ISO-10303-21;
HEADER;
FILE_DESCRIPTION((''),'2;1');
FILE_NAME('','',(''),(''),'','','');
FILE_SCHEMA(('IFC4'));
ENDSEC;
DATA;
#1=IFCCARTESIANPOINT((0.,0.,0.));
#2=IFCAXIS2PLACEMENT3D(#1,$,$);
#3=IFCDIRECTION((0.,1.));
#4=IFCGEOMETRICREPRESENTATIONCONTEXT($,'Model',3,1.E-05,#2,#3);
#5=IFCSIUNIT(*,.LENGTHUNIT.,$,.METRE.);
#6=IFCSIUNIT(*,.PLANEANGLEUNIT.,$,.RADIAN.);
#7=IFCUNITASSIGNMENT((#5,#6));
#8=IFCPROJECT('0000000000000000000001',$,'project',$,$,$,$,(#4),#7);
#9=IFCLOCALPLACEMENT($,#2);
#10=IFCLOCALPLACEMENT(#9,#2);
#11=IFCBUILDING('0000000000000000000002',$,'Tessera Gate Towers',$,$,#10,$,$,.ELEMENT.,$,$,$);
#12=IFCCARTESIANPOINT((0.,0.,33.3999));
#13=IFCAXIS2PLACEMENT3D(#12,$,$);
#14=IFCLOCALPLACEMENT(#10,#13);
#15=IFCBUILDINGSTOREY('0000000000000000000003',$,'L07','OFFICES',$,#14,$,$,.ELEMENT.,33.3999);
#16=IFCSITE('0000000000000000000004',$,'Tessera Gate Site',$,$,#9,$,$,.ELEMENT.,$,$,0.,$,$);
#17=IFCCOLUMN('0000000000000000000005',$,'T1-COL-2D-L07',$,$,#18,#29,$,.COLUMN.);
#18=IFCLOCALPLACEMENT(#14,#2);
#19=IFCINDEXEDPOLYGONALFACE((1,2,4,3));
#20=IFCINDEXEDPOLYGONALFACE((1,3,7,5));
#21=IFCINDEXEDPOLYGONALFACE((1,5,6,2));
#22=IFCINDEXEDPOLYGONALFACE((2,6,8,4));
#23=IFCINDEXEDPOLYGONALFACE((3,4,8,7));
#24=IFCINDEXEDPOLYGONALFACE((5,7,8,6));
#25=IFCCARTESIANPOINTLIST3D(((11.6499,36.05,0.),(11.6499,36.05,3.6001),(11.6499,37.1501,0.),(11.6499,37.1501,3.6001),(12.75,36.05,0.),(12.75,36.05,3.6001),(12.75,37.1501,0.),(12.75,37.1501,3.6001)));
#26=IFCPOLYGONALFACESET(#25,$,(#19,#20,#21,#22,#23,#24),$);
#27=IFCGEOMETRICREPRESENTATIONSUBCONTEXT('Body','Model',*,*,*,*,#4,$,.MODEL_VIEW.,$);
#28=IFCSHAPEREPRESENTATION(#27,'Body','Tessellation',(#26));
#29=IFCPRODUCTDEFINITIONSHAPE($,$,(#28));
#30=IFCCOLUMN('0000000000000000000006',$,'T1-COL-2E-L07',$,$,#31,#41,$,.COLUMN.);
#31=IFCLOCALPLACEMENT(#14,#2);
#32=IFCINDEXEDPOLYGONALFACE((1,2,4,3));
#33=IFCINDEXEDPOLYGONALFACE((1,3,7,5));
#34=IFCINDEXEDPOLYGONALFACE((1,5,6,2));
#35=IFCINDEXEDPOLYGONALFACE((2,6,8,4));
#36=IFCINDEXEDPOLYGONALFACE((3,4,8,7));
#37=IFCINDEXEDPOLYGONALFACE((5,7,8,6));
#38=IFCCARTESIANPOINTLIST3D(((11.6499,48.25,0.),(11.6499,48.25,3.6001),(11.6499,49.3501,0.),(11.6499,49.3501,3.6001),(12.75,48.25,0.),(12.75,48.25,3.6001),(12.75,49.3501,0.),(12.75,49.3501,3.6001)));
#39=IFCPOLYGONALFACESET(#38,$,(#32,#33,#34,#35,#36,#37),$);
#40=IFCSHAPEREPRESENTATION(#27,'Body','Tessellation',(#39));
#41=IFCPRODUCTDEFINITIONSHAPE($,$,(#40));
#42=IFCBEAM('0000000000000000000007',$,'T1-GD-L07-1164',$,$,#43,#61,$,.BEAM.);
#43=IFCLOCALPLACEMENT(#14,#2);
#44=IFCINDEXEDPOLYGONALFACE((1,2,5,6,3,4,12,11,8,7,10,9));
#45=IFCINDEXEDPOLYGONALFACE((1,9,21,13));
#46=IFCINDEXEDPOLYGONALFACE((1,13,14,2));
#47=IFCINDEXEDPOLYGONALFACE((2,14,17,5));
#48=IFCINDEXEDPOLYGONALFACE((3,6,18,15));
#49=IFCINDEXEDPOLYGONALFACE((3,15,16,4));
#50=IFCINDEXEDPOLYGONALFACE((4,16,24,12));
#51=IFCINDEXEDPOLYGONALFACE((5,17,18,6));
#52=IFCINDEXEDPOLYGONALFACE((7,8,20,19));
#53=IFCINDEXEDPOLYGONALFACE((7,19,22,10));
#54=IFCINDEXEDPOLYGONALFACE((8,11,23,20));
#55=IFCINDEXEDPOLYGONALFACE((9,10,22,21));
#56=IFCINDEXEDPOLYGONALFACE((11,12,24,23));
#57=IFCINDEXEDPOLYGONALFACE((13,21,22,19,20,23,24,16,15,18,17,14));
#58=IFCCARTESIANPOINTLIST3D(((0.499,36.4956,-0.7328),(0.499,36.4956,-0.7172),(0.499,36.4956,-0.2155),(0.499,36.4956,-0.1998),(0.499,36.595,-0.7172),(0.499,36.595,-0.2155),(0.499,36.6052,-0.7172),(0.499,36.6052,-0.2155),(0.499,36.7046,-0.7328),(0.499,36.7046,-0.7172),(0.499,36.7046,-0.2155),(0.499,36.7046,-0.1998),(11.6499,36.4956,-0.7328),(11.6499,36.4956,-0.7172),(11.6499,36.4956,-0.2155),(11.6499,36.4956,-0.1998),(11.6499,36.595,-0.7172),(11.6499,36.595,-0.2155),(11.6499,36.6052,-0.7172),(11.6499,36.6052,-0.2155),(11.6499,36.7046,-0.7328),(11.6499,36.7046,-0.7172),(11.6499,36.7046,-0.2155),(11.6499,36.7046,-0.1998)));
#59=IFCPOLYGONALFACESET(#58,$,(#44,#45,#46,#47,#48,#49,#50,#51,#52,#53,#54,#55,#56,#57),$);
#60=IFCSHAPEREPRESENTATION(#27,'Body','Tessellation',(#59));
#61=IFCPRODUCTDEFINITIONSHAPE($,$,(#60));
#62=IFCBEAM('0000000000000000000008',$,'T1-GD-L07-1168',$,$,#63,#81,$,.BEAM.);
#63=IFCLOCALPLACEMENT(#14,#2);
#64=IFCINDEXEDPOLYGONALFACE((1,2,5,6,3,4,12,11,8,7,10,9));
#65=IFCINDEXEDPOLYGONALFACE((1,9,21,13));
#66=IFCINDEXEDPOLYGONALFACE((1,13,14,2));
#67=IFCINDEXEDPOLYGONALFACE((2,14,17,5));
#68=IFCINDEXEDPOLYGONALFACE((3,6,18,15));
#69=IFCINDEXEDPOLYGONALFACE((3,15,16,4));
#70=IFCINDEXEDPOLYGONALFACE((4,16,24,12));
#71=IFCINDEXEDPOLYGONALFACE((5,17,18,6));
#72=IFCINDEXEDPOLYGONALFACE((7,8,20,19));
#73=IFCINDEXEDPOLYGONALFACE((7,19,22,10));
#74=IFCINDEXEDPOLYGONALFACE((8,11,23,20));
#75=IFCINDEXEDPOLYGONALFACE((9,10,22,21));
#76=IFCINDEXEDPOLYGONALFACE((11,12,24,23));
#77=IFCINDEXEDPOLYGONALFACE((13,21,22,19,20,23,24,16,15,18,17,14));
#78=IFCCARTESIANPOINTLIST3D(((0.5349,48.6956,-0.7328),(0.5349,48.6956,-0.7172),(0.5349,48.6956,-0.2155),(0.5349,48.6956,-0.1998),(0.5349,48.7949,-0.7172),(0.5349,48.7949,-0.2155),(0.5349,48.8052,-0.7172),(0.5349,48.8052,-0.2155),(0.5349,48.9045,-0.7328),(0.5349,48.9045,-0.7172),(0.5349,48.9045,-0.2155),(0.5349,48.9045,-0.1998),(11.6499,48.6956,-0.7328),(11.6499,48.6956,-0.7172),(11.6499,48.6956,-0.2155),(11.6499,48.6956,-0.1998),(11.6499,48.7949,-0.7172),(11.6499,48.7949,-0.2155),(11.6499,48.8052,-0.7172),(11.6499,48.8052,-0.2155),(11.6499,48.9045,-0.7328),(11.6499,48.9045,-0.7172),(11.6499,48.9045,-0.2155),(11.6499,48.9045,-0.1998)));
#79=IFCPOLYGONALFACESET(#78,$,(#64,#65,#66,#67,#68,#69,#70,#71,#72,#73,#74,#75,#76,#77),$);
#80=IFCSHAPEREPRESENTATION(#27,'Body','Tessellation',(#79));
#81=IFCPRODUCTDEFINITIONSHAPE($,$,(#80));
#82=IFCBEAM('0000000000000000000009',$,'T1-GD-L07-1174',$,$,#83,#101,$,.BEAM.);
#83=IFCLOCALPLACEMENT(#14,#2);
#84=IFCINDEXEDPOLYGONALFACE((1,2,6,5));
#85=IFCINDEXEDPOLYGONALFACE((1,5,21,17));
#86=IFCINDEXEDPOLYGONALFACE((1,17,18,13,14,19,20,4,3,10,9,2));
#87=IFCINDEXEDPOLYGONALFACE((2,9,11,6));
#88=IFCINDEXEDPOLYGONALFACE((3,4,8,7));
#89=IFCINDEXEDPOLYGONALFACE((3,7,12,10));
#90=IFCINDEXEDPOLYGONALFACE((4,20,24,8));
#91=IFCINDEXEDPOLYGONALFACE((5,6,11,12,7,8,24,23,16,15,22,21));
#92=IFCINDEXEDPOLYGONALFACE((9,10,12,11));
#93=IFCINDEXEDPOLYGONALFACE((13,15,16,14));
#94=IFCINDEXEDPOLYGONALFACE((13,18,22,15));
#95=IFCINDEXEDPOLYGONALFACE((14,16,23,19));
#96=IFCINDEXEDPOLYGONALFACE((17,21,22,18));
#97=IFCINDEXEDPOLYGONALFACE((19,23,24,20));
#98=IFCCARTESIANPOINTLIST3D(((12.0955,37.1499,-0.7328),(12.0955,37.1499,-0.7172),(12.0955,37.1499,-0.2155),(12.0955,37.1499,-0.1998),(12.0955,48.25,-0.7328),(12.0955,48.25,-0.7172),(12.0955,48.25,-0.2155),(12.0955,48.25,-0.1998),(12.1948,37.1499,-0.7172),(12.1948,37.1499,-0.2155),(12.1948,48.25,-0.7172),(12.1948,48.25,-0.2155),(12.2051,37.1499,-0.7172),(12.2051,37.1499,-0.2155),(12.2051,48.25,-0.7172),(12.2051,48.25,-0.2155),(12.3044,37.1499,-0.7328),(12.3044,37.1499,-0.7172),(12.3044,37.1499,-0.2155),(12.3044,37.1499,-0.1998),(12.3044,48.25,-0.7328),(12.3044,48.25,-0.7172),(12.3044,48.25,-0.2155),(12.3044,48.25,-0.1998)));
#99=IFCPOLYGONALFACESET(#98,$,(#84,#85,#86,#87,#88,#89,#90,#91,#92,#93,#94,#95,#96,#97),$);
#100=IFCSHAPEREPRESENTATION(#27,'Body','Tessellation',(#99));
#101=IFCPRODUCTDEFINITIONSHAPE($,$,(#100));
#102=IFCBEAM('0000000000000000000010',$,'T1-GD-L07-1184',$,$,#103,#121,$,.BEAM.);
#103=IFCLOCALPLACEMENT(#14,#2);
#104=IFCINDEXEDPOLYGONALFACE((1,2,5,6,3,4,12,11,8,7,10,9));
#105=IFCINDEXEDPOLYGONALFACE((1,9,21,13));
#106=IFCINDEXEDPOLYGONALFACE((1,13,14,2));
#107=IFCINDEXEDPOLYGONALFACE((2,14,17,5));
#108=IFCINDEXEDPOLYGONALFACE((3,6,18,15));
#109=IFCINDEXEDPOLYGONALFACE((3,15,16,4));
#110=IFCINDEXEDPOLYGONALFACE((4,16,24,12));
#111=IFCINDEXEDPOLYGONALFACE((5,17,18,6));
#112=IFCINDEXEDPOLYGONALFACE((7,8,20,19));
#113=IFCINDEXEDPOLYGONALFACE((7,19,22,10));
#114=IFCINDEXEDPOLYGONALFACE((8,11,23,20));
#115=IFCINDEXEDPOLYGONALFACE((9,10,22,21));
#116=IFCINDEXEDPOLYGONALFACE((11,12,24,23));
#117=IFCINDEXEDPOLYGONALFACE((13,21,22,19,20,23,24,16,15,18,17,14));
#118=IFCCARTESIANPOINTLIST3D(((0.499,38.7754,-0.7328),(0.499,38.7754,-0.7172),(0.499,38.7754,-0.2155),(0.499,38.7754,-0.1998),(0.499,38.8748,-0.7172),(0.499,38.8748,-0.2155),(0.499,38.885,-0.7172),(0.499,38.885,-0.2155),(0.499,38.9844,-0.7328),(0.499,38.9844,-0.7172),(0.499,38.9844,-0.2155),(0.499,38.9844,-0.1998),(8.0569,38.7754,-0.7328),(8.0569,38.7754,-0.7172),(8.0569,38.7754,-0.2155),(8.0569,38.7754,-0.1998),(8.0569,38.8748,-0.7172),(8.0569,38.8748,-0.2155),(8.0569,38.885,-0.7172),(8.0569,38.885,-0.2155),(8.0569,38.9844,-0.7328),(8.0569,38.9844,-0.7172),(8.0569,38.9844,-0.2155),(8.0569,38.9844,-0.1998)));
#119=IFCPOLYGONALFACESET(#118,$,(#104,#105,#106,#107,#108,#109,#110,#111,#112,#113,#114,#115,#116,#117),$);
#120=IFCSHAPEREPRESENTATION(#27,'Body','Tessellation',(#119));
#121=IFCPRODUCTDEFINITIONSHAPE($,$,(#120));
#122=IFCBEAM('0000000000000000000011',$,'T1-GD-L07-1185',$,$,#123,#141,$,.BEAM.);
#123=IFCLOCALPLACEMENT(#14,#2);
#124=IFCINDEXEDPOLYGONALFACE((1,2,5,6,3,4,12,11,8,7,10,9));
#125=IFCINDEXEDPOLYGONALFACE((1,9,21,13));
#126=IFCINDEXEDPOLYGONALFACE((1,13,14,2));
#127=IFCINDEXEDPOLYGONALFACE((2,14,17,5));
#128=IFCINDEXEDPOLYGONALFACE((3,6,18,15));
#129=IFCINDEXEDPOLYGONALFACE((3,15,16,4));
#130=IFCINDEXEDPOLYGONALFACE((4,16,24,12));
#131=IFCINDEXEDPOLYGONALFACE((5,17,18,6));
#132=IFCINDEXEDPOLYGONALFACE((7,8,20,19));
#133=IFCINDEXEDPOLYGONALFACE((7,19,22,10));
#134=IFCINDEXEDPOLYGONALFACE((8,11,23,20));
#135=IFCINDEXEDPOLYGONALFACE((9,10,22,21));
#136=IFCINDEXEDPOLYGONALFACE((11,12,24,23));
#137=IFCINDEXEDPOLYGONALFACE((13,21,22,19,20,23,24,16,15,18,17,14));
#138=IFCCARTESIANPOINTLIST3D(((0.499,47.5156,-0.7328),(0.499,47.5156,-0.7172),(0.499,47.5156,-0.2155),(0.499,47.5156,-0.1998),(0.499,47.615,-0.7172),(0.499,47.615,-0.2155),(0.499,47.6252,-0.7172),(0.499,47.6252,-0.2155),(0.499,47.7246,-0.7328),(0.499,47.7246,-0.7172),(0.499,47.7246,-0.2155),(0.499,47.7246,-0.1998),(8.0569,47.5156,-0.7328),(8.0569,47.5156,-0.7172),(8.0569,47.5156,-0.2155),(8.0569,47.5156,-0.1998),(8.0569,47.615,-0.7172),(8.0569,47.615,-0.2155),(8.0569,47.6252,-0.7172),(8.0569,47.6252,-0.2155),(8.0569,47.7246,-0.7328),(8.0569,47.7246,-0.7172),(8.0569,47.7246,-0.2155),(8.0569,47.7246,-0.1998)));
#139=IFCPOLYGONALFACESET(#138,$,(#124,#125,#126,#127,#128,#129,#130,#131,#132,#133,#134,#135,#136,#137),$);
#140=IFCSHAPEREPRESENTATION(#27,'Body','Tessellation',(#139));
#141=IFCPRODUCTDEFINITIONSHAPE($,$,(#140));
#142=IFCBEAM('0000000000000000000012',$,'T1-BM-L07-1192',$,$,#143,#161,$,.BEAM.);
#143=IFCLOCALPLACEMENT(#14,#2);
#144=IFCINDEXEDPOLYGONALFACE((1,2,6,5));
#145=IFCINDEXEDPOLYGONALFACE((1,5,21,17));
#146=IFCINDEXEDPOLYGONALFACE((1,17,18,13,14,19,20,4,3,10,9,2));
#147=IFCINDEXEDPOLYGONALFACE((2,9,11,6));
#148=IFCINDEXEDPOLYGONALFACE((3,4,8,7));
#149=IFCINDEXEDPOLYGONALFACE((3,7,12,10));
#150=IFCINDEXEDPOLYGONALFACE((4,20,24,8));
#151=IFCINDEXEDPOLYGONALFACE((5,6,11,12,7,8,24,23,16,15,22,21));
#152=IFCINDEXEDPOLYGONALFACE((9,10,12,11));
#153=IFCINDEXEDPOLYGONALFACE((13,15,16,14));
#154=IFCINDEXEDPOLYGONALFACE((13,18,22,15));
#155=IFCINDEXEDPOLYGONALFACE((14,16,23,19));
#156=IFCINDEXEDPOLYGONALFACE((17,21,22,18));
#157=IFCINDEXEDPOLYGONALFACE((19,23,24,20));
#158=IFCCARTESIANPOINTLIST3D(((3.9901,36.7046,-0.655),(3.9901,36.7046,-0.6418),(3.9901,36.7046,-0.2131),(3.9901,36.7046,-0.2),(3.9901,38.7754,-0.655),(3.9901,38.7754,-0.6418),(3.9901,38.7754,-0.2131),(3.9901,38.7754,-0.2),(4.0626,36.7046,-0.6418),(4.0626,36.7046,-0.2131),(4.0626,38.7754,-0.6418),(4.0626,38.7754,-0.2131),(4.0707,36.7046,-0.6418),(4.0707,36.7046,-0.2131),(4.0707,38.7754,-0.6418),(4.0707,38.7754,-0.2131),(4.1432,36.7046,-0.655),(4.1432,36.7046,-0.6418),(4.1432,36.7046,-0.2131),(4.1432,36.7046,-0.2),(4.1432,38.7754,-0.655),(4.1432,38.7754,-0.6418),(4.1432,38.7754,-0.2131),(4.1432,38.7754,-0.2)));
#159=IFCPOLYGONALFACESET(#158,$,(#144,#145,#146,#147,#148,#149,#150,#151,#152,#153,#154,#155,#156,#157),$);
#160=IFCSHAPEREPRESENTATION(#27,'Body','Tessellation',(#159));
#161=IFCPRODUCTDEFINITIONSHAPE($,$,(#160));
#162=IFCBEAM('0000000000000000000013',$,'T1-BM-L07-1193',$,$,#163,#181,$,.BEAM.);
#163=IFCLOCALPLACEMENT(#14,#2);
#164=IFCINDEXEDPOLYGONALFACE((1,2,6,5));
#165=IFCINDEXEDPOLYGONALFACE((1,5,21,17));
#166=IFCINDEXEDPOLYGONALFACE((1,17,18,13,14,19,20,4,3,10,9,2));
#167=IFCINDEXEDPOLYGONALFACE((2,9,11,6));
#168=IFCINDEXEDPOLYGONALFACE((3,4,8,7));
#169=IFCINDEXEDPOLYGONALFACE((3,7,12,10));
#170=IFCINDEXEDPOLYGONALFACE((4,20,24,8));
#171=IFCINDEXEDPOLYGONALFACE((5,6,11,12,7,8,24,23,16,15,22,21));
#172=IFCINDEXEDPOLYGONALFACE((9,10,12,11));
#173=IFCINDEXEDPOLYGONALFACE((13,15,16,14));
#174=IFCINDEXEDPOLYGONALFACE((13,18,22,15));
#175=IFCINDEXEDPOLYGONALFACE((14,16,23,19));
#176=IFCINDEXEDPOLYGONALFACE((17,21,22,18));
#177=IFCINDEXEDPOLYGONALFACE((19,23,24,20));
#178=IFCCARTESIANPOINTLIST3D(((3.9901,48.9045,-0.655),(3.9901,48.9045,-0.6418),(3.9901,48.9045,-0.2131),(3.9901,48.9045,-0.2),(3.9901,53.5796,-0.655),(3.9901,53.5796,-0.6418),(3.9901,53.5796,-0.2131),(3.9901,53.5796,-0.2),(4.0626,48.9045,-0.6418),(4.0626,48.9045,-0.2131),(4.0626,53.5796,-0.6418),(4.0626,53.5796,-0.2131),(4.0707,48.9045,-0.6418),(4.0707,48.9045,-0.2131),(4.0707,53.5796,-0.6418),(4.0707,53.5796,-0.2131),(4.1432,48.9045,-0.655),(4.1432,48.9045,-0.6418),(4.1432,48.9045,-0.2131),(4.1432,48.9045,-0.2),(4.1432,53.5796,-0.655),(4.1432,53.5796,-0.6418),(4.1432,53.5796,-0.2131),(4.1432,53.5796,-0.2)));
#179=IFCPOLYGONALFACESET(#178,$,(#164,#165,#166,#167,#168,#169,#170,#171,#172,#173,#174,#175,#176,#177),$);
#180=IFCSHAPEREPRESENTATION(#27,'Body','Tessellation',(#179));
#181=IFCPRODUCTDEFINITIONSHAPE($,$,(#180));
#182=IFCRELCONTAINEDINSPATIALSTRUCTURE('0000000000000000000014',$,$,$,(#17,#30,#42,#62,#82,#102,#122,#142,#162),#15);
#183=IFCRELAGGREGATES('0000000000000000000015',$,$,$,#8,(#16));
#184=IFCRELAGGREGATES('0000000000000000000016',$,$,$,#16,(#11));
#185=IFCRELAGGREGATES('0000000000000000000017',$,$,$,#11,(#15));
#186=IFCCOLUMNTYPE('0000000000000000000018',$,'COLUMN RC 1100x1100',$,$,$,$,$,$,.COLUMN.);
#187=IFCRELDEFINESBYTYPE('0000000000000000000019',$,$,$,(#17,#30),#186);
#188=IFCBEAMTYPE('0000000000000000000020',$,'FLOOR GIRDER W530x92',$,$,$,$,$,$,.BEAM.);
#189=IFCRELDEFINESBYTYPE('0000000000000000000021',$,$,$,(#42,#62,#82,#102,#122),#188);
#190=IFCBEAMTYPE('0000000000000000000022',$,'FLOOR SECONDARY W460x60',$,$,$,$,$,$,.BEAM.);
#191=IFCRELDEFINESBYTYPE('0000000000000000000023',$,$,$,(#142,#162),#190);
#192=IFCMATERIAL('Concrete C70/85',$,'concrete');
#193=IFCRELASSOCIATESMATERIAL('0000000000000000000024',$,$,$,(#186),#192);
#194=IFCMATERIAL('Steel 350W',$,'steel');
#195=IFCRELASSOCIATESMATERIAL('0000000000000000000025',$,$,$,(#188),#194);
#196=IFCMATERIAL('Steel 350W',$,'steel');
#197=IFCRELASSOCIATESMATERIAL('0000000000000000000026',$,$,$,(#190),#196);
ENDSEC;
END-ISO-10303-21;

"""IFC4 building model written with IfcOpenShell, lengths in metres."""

from ifc_helpers import new_model, si_unit, direction, frame, origin, origin_2d, place, context, subcontext, project, spatial, rectangle, i_section, extrude, material, material_profile, profile_set, type_object, element, save


model = new_model("IFC4")

# Units and contexts
model_context = context("Model", 3, precision=1e-05, world=origin(), true_north=direction((0.0, 1.0)))
body_context = subcontext(model_context, "Body", "Model", "MODEL_VIEW")
ifc_project = project(units=[si_unit("LENGTHUNIT", "METRE"), si_unit("PLANEANGLEUNIT", "RADIAN")], contexts=[model_context])

# Site, building, storey
site_placement = place(None, origin())
site = spatial("IfcSite", under=ifc_project, at=site_placement, Name="Tessera Gate Site", CompositionType="ELEMENT", RefElevation=0.0)
building_placement = place(site_placement, origin())
building = spatial("IfcBuilding", under=site, at=building_placement, Name="Tessera Gate Towers", CompositionType="ELEMENT")
storey_placement = place(building_placement, frame((0.0, 0.0, 33.3999)))
storey = spatial("IfcBuildingStorey", under=building, at=storey_placement, Name="L07", Description="OFFICES", CompositionType="ELEMENT", Elevation=33.3999)

# Columns
ifc_material_1 = material(Name="Concrete C70/85", Category="concrete")
ifc_material_profile_1 = material_profile(ifc_material_1, rectangle(XDim=1.1001, YDim=1.1001, at=origin_2d()), Name="RC 1100x1100")
ifc_profile_set_1 = profile_set([ifc_material_profile_1], Name="Concrete C70/85")
column_type = type_object("IfcColumnType", Name="COLUMN RC 1100x1100", PredefinedType="COLUMN", material=ifc_profile_set_1)
for number, where, z_axis, x_axis, name in (
    (1, (12.2, 36.6001, 0.0), (0.0, 0.0, 1.0), (1.0, 0.0, 0.0), "T1-COL-2D-L07"),
    (2, (12.2, 48.8, 0.0), (0.0, 0.0, 1.0), (1.0, 0.0, 0.0), "T1-COL-2E-L07"),
):
    element("IfcColumn", number, at=place(storey_placement, frame(where, z_axis=z_axis, x_axis=x_axis)), inside=storey, type_object=column_type, Name=name, PredefinedType="COLUMN", context=body_context, shape_type="SweptSolid", body=[
        extrude(rectangle(XDim=1.1001, YDim=1.1001, at=origin_2d()), origin(), (0.0, 0.0, 1.0), 3.6001),
    ])

# Beams
ifc_material_2 = material(Name="Steel 350W", Category="steel")
ifc_material_profile_2 = material_profile(ifc_material_2, i_section(OverallWidth=0.209, OverallDepth=0.533, WebThickness=0.0103, FlangeThickness=0.0156, at=origin_2d()), Name="W530x92")
ifc_profile_set_2 = profile_set([ifc_material_profile_2], Name="Steel 350W")
beam_type_1 = type_object("IfcBeamType", Name="FLOOR GIRDER W530x92", PredefinedType="BEAM", material=ifc_profile_set_2)
beam_1_placement = place(storey_placement, frame((0.499, 36.6001, -0.4663), z_axis=(1.0, 0.0, 0.0), x_axis=(0.0, 1.0, 0.0)))
element("IfcBeam", 3, at=beam_1_placement, inside=storey, type_object=beam_type_1, Name="T1-GD-L07-1164", PredefinedType="BEAM", context=body_context, shape_type="SweptSolid", body=[
    extrude(i_section(OverallWidth=0.209, OverallDepth=0.533, WebThickness=0.0103, FlangeThickness=0.0156, at=origin_2d()), origin(), (0.0, 0.0, 1.0), 11.1509),
])
beam_2_placement = place(storey_placement, frame((0.5349, 48.8, -0.4663), z_axis=(1.0, 0.0, 0.0), x_axis=(0.0, 1.0, 0.0)))
element("IfcBeam", 4, at=beam_2_placement, inside=storey, type_object=beam_type_1, Name="T1-GD-L07-1168", PredefinedType="BEAM", context=body_context, shape_type="SweptSolid", body=[
    extrude(i_section(OverallWidth=0.209, OverallDepth=0.533, WebThickness=0.0103, FlangeThickness=0.0156, at=origin_2d()), origin(), (0.0, 0.0, 1.0), 11.115),
])
beam_3_placement = place(storey_placement, frame((12.2, 37.1499, -0.4663), z_axis=(0.0, 1.0, 0.0), x_axis=(-1.0, 0.0, 0.0)))
element("IfcBeam", 5, at=beam_3_placement, inside=storey, type_object=beam_type_1, Name="T1-GD-L07-1174", PredefinedType="BEAM", context=body_context, shape_type="SweptSolid", body=[
    extrude(i_section(OverallWidth=0.209, OverallDepth=0.533, WebThickness=0.0103, FlangeThickness=0.0156, at=origin_2d()), origin(), (0.0, 0.0, 1.0), 11.1001),
])
for number, where, z_axis, x_axis, name in (
    (6, (0.499, 38.8799, -0.4663), (1.0, 0.0, 0.0), (0.0, 1.0, 0.0), "T1-GD-L07-1184"),
    (7, (0.499, 47.6201, -0.4663), (1.0, 0.0, 0.0), (0.0, 1.0, 0.0), "T1-GD-L07-1185"),
):
    element("IfcBeam", number, at=place(storey_placement, frame(where, z_axis=z_axis, x_axis=x_axis)), inside=storey, type_object=beam_type_1, Name=name, PredefinedType="BEAM", context=body_context, shape_type="SweptSolid", body=[
        extrude(i_section(OverallWidth=0.209, OverallDepth=0.533, WebThickness=0.0103, FlangeThickness=0.0156, at=origin_2d()), origin(), (0.0, 0.0, 1.0), 7.5579),
    ])
ifc_material_3 = material(Name="Steel 350W", Category="steel")
ifc_material_profile_3 = material_profile(ifc_material_3, i_section(OverallWidth=0.1531, OverallDepth=0.4551, WebThickness=0.0081, FlangeThickness=0.0132, at=origin_2d()), Name="W460x60")
ifc_profile_set_3 = profile_set([ifc_material_profile_3], Name="Steel 350W")
beam_type_2 = type_object("IfcBeamType", Name="FLOOR SECONDARY W460x60", PredefinedType="BEAM", material=ifc_profile_set_3)
beam_4_placement = place(storey_placement, frame((4.0667, 36.7046, -0.4275), z_axis=(0.0, 1.0, 0.0), x_axis=(-1.0, 0.0, 0.0)))
element("IfcBeam", 8, at=beam_4_placement, inside=storey, type_object=beam_type_2, Name="T1-BM-L07-1192", PredefinedType="BEAM", context=body_context, shape_type="SweptSolid", body=[
    extrude(i_section(OverallWidth=0.1531, OverallDepth=0.4551, WebThickness=0.0081, FlangeThickness=0.0132, at=origin_2d()), origin(), (0.0, 0.0, 1.0), 2.0708),
])
beam_5_placement = place(storey_placement, frame((4.0667, 48.9045, -0.4275), z_axis=(0.0, 1.0, 0.0), x_axis=(-1.0, 0.0, 0.0)))
element("IfcBeam", 9, at=beam_5_placement, inside=storey, type_object=beam_type_2, Name="T1-BM-L07-1193", PredefinedType="BEAM", context=body_context, shape_type="SweptSolid", body=[
    extrude(i_section(OverallWidth=0.1531, OverallDepth=0.4551, WebThickness=0.0081, FlangeThickness=0.0132, at=origin_2d()), origin(), (0.0, 0.0, 1.0), 4.675),
])

save(model, "model.ifc")
